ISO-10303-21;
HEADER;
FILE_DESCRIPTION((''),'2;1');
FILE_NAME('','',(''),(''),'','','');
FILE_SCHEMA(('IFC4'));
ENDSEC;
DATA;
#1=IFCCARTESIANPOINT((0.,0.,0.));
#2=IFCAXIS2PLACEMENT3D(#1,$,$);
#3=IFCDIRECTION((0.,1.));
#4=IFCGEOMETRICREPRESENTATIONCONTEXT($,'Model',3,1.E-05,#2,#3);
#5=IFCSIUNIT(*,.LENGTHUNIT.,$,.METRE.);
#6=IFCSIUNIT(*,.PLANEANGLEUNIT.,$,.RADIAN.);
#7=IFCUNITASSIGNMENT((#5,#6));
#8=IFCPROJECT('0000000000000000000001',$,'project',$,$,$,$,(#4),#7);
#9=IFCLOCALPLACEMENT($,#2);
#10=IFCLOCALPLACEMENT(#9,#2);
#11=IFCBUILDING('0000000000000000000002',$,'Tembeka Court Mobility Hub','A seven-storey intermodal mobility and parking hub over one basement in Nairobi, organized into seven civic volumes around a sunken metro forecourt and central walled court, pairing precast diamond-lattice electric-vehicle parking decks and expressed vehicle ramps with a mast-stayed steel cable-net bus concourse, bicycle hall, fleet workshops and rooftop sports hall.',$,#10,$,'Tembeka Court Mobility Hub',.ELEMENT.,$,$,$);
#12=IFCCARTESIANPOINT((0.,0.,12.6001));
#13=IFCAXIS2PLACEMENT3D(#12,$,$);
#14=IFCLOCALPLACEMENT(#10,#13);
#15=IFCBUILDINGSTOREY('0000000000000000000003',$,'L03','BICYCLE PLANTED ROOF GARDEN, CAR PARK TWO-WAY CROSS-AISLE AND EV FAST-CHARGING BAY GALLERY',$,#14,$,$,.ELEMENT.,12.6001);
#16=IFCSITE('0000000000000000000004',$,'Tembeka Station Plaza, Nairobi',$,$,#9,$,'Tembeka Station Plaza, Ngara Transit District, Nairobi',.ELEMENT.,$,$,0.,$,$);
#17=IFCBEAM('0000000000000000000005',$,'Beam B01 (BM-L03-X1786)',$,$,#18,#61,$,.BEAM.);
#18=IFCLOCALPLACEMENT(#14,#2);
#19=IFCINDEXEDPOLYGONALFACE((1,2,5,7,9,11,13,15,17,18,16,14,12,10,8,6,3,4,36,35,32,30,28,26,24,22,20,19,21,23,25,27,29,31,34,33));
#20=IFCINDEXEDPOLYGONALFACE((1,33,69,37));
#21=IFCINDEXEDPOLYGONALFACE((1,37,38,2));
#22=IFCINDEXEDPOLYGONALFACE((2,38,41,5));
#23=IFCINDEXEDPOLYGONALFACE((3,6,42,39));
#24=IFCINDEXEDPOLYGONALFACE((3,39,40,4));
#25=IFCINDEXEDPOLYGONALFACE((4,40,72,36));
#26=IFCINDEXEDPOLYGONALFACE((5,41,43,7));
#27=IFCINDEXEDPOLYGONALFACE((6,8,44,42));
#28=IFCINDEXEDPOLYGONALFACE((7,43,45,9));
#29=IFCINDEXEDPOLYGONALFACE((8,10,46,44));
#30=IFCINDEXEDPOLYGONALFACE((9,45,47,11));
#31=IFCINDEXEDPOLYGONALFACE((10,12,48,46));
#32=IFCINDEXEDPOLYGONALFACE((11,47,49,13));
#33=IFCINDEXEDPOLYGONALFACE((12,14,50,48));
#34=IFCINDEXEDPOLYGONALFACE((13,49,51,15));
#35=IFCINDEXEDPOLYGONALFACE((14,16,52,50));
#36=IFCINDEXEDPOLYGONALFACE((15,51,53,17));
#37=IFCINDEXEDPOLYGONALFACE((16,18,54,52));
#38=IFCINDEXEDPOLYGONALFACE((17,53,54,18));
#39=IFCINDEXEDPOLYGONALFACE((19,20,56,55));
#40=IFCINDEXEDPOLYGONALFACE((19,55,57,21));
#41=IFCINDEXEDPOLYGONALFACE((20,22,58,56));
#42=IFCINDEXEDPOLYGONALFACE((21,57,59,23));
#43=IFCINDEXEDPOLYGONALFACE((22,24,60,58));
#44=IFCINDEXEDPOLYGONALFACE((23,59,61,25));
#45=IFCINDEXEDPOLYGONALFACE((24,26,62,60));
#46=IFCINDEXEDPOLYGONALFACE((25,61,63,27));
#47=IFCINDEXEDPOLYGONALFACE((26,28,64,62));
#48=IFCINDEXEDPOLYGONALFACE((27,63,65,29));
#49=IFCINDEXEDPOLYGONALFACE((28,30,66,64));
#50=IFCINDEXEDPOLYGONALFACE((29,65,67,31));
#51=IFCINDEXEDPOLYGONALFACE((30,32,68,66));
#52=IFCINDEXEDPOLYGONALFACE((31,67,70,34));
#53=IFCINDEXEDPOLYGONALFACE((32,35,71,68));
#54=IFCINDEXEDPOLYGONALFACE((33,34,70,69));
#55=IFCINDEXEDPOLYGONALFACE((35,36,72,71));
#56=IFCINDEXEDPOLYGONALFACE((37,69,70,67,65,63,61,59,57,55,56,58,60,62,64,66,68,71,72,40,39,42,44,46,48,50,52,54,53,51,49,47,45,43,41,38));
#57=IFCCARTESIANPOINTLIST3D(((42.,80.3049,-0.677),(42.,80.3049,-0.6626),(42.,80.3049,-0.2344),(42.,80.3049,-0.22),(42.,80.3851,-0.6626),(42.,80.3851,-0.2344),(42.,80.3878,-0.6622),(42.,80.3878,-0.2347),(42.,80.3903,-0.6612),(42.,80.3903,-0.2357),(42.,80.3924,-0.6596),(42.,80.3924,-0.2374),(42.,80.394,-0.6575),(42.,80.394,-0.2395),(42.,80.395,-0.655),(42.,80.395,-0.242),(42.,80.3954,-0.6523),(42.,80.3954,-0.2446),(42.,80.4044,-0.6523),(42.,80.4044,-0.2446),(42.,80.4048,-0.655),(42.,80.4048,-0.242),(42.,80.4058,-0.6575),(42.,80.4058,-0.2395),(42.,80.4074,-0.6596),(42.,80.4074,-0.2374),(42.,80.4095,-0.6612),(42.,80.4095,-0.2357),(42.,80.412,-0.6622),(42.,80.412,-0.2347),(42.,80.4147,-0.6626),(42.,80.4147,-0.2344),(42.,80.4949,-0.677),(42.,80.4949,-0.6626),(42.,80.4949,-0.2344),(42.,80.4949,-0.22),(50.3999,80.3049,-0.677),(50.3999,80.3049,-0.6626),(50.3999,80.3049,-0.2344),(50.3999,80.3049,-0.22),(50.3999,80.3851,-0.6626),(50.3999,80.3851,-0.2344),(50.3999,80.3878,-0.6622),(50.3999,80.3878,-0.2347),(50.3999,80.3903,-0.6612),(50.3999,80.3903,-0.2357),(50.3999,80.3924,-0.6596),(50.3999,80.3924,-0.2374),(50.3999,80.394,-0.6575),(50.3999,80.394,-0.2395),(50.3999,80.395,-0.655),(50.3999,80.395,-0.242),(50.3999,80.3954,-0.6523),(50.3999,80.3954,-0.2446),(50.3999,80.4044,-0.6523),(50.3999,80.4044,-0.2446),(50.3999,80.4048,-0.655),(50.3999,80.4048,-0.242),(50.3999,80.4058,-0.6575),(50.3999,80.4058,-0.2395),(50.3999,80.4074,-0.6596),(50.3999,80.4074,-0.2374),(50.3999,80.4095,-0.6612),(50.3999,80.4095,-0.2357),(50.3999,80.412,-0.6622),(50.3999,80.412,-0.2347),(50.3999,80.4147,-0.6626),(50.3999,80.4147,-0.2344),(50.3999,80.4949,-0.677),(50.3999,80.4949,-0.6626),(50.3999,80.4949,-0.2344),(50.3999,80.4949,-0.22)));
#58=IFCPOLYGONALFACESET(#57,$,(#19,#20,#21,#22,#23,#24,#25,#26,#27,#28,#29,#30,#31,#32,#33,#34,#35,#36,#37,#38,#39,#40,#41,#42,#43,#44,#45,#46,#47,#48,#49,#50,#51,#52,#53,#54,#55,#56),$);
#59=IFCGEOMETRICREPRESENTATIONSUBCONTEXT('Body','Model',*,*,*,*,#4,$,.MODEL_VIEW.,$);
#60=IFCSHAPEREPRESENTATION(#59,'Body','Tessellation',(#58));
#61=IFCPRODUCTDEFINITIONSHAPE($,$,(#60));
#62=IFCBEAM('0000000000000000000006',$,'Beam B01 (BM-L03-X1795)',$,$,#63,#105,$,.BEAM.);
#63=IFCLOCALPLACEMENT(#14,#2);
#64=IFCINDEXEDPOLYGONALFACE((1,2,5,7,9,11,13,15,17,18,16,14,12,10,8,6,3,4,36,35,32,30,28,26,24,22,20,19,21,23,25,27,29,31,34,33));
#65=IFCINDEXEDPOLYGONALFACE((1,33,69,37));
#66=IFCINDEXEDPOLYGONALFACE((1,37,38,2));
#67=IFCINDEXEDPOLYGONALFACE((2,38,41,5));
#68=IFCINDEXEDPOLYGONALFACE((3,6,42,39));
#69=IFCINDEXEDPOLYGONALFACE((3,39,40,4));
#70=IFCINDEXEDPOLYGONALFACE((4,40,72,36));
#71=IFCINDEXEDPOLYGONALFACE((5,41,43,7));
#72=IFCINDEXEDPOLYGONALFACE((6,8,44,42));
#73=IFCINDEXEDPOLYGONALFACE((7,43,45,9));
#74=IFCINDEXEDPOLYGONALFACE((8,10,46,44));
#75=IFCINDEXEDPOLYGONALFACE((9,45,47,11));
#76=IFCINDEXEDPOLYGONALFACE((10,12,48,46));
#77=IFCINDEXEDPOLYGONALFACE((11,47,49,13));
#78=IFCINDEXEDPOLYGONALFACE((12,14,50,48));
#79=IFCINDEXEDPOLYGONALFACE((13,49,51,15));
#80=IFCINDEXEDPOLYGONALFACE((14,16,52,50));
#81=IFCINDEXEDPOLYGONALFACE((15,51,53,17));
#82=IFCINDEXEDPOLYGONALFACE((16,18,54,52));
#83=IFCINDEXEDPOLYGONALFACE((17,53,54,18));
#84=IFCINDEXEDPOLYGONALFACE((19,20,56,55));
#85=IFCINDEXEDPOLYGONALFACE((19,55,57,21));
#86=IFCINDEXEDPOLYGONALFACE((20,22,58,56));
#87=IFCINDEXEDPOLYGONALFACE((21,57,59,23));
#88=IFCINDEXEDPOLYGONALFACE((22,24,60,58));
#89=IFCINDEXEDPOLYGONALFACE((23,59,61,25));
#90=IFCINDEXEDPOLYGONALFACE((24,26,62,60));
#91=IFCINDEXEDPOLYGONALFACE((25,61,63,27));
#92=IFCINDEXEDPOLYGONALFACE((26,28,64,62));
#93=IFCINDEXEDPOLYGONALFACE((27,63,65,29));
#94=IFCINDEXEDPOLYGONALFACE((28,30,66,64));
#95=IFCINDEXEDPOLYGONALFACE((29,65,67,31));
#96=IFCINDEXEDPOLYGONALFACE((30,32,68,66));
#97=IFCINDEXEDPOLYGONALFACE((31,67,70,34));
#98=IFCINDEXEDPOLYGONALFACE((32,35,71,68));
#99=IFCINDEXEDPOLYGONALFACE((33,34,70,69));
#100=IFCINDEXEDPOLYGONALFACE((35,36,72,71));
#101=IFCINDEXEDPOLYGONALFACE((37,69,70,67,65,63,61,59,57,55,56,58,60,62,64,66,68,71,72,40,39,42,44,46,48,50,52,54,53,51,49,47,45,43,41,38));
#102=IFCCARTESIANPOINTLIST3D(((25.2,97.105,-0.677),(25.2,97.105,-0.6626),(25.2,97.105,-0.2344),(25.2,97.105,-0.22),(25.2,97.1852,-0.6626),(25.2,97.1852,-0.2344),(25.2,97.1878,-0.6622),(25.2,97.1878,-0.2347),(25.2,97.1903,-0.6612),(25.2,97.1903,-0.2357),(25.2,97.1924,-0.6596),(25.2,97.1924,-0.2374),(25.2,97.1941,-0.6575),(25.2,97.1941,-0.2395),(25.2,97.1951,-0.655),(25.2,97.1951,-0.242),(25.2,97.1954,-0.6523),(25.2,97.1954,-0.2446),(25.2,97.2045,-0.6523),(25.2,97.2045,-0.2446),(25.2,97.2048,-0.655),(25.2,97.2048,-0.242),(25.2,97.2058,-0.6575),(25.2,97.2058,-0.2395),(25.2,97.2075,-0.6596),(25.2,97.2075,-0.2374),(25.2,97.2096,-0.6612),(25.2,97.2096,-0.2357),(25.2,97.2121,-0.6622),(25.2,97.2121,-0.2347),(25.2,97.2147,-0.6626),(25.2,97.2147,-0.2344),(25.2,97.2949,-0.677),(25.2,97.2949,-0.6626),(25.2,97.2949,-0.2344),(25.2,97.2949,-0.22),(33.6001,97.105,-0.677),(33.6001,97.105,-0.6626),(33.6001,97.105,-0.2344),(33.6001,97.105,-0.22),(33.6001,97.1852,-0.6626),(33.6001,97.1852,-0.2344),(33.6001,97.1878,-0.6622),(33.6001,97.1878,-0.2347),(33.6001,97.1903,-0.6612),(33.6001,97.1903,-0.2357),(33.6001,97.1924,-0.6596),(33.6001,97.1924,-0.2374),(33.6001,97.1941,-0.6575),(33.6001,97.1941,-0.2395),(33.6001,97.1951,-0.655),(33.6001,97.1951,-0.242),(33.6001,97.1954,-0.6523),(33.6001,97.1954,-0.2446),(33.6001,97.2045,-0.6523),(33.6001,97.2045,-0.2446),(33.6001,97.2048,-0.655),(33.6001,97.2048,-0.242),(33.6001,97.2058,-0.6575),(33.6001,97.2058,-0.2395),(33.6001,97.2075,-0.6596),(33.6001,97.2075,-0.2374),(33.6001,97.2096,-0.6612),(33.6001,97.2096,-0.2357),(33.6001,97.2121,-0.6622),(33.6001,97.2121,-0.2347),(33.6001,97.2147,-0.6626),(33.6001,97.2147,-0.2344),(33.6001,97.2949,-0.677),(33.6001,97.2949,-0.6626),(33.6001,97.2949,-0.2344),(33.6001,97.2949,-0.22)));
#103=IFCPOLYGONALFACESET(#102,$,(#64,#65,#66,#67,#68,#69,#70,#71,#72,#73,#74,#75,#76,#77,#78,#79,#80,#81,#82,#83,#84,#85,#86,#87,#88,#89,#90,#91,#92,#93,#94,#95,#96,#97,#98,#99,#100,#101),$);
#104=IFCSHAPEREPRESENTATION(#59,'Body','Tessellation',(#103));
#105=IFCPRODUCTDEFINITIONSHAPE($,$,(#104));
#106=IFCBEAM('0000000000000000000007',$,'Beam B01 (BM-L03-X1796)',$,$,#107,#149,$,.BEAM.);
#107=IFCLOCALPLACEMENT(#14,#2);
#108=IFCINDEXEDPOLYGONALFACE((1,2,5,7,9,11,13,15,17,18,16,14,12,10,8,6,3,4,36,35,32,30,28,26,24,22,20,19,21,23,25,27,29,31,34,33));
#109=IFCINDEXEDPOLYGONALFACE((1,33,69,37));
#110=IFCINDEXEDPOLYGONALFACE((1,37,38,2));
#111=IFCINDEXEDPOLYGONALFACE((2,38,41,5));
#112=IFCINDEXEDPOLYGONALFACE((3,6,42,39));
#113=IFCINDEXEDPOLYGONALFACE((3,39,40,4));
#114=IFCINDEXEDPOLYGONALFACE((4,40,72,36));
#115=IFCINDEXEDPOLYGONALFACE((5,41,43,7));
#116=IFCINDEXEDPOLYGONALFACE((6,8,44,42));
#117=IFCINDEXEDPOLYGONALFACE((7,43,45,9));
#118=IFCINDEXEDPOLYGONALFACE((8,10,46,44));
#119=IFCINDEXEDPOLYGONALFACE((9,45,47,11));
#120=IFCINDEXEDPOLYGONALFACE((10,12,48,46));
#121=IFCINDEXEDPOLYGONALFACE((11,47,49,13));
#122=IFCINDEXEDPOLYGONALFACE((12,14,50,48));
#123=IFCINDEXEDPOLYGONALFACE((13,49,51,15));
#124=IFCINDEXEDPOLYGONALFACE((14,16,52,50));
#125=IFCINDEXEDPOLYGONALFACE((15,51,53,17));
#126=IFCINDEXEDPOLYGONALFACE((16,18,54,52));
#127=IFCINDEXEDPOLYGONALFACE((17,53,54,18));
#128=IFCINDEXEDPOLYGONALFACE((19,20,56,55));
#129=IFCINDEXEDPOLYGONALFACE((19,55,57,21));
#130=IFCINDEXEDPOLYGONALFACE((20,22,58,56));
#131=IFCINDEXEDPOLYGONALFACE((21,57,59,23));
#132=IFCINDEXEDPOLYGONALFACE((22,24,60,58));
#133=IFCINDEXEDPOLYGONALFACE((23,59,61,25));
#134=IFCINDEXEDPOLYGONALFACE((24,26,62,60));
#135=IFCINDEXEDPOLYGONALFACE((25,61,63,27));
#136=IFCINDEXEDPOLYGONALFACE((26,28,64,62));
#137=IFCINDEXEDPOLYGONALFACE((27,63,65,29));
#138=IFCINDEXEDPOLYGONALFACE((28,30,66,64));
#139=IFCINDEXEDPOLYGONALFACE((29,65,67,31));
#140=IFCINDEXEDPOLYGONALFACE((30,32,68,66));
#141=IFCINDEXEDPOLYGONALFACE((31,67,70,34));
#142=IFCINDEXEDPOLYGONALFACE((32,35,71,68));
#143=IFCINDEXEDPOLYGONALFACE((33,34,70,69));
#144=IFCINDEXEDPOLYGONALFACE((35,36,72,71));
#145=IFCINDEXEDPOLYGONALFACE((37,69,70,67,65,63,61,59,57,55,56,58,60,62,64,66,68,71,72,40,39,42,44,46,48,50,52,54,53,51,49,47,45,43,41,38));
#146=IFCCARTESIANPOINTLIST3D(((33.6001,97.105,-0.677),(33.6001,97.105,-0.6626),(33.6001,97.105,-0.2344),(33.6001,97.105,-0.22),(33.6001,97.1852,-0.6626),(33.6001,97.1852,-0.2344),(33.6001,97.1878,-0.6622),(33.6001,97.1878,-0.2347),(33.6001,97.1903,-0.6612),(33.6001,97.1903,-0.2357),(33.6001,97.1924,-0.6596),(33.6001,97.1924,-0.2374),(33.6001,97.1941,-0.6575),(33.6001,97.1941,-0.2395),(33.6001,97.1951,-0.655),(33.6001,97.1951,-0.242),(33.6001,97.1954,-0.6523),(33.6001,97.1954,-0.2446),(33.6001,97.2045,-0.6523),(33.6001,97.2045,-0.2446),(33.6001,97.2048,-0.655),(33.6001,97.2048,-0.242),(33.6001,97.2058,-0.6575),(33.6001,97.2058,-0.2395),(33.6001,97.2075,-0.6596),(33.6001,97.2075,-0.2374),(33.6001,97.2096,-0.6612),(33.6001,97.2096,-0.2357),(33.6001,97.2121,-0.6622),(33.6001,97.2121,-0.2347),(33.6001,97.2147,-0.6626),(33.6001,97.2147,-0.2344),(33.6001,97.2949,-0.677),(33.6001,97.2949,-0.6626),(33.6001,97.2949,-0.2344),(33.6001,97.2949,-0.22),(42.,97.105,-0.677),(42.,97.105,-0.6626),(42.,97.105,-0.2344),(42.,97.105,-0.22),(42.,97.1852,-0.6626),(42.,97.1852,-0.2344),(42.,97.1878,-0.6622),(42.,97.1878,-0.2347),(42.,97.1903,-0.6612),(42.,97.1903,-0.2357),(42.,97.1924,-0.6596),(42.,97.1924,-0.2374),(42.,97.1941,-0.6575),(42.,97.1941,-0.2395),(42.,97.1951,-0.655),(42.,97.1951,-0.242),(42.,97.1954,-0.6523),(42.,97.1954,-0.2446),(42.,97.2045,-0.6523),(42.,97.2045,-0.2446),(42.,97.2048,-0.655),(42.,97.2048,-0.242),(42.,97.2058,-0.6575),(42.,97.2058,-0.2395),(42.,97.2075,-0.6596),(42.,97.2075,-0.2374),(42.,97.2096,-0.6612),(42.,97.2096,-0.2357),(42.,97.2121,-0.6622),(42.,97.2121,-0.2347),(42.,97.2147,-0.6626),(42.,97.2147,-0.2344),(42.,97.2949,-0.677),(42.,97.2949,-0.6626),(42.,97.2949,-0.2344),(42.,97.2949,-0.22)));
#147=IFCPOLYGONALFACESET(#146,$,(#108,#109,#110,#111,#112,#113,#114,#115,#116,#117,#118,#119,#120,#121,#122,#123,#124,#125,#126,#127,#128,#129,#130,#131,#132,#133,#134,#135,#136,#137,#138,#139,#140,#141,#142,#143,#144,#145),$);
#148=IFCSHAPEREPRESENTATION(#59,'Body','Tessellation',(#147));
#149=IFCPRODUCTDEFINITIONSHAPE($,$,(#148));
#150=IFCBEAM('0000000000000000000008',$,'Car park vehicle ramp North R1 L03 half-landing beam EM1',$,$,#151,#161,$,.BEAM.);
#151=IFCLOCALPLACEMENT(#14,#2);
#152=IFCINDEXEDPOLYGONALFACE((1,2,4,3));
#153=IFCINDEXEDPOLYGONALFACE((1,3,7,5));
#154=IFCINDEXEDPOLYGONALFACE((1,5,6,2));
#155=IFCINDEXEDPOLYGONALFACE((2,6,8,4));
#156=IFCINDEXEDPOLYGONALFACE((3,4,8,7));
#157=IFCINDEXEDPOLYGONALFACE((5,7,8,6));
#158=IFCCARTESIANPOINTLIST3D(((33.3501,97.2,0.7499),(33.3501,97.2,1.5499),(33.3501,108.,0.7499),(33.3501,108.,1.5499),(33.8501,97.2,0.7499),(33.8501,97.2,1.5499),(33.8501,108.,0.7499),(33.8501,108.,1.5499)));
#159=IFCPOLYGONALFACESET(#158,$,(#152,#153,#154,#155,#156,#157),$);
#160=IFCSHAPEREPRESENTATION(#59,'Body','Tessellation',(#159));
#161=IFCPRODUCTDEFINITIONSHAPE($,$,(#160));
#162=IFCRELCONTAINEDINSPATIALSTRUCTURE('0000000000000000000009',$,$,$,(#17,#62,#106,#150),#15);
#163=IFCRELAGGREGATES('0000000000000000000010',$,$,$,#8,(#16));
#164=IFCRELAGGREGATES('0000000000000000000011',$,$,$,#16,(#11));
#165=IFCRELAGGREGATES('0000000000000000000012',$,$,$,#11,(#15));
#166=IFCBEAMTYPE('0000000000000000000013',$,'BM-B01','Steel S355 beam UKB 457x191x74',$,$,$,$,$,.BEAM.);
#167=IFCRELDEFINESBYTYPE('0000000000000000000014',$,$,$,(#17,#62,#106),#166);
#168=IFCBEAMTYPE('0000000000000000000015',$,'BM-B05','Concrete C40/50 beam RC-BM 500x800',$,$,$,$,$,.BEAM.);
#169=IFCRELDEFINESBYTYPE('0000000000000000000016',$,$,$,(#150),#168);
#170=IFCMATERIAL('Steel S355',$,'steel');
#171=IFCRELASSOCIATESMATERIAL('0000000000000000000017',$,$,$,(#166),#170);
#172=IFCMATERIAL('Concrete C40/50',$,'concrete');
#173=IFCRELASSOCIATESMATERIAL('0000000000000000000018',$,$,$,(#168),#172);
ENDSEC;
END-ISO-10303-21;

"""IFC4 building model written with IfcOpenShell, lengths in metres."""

from ifc_helpers import new_model, si_unit, direction, frame, origin, origin_2d, place, context, subcontext, project, spatial, rectangle, i_section, extrude, material, material_profile, profile_set, type_object, element, save


model = new_model("IFC4")

# Units and contexts
model_context = context("Model", 3, precision=1e-05, world=origin(), true_north=direction((0.0, 1.0)))
body_context = subcontext(model_context, "Body", "Model", "MODEL_VIEW")
ifc_project = project(units=[si_unit("LENGTHUNIT", "METRE"), si_unit("PLANEANGLEUNIT", "RADIAN")], contexts=[model_context])

# Site, building, storey
site_placement = place(None, origin())
site = spatial("IfcSite", under=ifc_project, at=site_placement, Name="Tembeka Station Plaza, Nairobi", LongName="Tembeka Station Plaza, Ngara Transit District, Nairobi", CompositionType="ELEMENT", RefElevation=0.0)
building_placement = place(site_placement, origin())
building = spatial("IfcBuilding", under=site, at=building_placement, Name="Tembeka Court Mobility Hub", Description="A seven-storey intermodal mobility and parking hub over one basement in Nairobi, organized into seven civic volumes around a sunken metro forecourt and central walled court, pairing precast diamond-lattice electric-vehicle parking decks and expressed vehicle ramps with a mast-stayed steel cable-net bus concourse, bicycle hall, fleet workshops and rooftop sports hall.", LongName="Tembeka Court Mobility Hub", CompositionType="ELEMENT")
storey_placement = place(building_placement, frame((0.0, 0.0, 12.6001)))
storey = spatial("IfcBuildingStorey", under=building, at=storey_placement, Name="L03", Description="BICYCLE PLANTED ROOF GARDEN, CAR PARK TWO-WAY CROSS-AISLE AND EV FAST-CHARGING BAY GALLERY", CompositionType="ELEMENT", Elevation=12.6001)

# Shared definitions
ifc_material_1 = material(Name="Steel S355", Category="steel")

# Beams
ifc_material_profile_1 = material_profile(ifc_material_1, i_section(OverallWidth=0.1899, OverallDepth=0.457, WebThickness=0.009, FlangeThickness=0.0144, FilletRadius=0.0103, at=origin_2d()), Name="UKB 457x191x74")
ifc_profile_set_1 = profile_set([ifc_material_profile_1], Name="Steel S355")
beam_type_1 = type_object("IfcBeamType", Name="BM-B01", Description="Steel S355 beam UKB 457x191x74", PredefinedType="BEAM", material=ifc_profile_set_1)
for number, where, z_axis, x_axis, name in (
    (1, (42.0, 80.3999, -0.4485), (1.0, 0.0, 0.0), (0.0, 1.0, 0.0), "Beam B01 (BM-L03-X1786)"),
):
    element("IfcBeam", number, at=place(storey_placement, frame(where, z_axis=z_axis, x_axis=x_axis)), inside=storey, type_object=beam_type_1, Name=name, PredefinedType="BEAM", context=body_context, shape_type="SweptSolid", body=[
        extrude(i_section(OverallWidth=0.1899, OverallDepth=0.457, WebThickness=0.009, FlangeThickness=0.0144, FilletRadius=0.0103, at=origin_2d()), origin(), (0.0, 0.0, 1.0), 8.3999),
    ])
beam_1_placement = place(storey_placement, frame((25.2, 97.2, -0.4485), z_axis=(1.0, 0.0, 0.0), x_axis=(0.0, 1.0, 0.0)))
element("IfcBeam", 2, at=beam_1_placement, inside=storey, type_object=beam_type_1, Name="Beam B01 (BM-L03-X1795)", PredefinedType="BEAM", context=body_context, shape_type="SweptSolid", body=[
    extrude(i_section(OverallWidth=0.1899, OverallDepth=0.457, WebThickness=0.009, FlangeThickness=0.0144, FilletRadius=0.0103, at=origin_2d()), origin(), (0.0, 0.0, 1.0), 8.4001),
])
beam_2_placement = place(storey_placement, frame((33.6001, 97.2, -0.4485), z_axis=(1.0, 0.0, 0.0), x_axis=(0.0, 1.0, 0.0)))
element("IfcBeam", 3, at=beam_2_placement, inside=storey, type_object=beam_type_1, Name="Beam B01 (BM-L03-X1796)", PredefinedType="BEAM", context=body_context, shape_type="SweptSolid", body=[
    extrude(i_section(OverallWidth=0.1899, OverallDepth=0.457, WebThickness=0.009, FlangeThickness=0.0144, FilletRadius=0.0103, at=origin_2d()), origin(), (0.0, 0.0, 1.0), 8.3999),
])
ifc_material_2 = material(Name="Concrete C40/50", Category="concrete")
ifc_material_profile_2 = material_profile(ifc_material_2, rectangle(XDim=0.5, YDim=0.8, at=origin_2d()), Name="RC-BM 500x800")
ifc_profile_set_2 = profile_set([ifc_material_profile_2], Name="Concrete C40/50")
beam_type_2 = type_object("IfcBeamType", Name="BM-B05", Description="Concrete C40/50 beam RC-BM 500x800", PredefinedType="BEAM", material=ifc_profile_set_2)
beam_3_placement = place(storey_placement, frame((33.6001, 97.2, 1.1499), z_axis=(0.0, 1.0, 0.0), x_axis=(-1.0, 0.0, 0.0)))
element("IfcBeam", 4, at=beam_3_placement, inside=storey, type_object=beam_type_2, Name="Car park vehicle ramp North R1 L03 half-landing beam EM1", PredefinedType="BEAM", context=body_context, shape_type="SweptSolid", body=[
    extrude(rectangle(XDim=0.5, YDim=0.8, at=origin_2d()), origin(), (0.0, 0.0, 1.0), 10.8),
])

save(model, "model.ifc")
